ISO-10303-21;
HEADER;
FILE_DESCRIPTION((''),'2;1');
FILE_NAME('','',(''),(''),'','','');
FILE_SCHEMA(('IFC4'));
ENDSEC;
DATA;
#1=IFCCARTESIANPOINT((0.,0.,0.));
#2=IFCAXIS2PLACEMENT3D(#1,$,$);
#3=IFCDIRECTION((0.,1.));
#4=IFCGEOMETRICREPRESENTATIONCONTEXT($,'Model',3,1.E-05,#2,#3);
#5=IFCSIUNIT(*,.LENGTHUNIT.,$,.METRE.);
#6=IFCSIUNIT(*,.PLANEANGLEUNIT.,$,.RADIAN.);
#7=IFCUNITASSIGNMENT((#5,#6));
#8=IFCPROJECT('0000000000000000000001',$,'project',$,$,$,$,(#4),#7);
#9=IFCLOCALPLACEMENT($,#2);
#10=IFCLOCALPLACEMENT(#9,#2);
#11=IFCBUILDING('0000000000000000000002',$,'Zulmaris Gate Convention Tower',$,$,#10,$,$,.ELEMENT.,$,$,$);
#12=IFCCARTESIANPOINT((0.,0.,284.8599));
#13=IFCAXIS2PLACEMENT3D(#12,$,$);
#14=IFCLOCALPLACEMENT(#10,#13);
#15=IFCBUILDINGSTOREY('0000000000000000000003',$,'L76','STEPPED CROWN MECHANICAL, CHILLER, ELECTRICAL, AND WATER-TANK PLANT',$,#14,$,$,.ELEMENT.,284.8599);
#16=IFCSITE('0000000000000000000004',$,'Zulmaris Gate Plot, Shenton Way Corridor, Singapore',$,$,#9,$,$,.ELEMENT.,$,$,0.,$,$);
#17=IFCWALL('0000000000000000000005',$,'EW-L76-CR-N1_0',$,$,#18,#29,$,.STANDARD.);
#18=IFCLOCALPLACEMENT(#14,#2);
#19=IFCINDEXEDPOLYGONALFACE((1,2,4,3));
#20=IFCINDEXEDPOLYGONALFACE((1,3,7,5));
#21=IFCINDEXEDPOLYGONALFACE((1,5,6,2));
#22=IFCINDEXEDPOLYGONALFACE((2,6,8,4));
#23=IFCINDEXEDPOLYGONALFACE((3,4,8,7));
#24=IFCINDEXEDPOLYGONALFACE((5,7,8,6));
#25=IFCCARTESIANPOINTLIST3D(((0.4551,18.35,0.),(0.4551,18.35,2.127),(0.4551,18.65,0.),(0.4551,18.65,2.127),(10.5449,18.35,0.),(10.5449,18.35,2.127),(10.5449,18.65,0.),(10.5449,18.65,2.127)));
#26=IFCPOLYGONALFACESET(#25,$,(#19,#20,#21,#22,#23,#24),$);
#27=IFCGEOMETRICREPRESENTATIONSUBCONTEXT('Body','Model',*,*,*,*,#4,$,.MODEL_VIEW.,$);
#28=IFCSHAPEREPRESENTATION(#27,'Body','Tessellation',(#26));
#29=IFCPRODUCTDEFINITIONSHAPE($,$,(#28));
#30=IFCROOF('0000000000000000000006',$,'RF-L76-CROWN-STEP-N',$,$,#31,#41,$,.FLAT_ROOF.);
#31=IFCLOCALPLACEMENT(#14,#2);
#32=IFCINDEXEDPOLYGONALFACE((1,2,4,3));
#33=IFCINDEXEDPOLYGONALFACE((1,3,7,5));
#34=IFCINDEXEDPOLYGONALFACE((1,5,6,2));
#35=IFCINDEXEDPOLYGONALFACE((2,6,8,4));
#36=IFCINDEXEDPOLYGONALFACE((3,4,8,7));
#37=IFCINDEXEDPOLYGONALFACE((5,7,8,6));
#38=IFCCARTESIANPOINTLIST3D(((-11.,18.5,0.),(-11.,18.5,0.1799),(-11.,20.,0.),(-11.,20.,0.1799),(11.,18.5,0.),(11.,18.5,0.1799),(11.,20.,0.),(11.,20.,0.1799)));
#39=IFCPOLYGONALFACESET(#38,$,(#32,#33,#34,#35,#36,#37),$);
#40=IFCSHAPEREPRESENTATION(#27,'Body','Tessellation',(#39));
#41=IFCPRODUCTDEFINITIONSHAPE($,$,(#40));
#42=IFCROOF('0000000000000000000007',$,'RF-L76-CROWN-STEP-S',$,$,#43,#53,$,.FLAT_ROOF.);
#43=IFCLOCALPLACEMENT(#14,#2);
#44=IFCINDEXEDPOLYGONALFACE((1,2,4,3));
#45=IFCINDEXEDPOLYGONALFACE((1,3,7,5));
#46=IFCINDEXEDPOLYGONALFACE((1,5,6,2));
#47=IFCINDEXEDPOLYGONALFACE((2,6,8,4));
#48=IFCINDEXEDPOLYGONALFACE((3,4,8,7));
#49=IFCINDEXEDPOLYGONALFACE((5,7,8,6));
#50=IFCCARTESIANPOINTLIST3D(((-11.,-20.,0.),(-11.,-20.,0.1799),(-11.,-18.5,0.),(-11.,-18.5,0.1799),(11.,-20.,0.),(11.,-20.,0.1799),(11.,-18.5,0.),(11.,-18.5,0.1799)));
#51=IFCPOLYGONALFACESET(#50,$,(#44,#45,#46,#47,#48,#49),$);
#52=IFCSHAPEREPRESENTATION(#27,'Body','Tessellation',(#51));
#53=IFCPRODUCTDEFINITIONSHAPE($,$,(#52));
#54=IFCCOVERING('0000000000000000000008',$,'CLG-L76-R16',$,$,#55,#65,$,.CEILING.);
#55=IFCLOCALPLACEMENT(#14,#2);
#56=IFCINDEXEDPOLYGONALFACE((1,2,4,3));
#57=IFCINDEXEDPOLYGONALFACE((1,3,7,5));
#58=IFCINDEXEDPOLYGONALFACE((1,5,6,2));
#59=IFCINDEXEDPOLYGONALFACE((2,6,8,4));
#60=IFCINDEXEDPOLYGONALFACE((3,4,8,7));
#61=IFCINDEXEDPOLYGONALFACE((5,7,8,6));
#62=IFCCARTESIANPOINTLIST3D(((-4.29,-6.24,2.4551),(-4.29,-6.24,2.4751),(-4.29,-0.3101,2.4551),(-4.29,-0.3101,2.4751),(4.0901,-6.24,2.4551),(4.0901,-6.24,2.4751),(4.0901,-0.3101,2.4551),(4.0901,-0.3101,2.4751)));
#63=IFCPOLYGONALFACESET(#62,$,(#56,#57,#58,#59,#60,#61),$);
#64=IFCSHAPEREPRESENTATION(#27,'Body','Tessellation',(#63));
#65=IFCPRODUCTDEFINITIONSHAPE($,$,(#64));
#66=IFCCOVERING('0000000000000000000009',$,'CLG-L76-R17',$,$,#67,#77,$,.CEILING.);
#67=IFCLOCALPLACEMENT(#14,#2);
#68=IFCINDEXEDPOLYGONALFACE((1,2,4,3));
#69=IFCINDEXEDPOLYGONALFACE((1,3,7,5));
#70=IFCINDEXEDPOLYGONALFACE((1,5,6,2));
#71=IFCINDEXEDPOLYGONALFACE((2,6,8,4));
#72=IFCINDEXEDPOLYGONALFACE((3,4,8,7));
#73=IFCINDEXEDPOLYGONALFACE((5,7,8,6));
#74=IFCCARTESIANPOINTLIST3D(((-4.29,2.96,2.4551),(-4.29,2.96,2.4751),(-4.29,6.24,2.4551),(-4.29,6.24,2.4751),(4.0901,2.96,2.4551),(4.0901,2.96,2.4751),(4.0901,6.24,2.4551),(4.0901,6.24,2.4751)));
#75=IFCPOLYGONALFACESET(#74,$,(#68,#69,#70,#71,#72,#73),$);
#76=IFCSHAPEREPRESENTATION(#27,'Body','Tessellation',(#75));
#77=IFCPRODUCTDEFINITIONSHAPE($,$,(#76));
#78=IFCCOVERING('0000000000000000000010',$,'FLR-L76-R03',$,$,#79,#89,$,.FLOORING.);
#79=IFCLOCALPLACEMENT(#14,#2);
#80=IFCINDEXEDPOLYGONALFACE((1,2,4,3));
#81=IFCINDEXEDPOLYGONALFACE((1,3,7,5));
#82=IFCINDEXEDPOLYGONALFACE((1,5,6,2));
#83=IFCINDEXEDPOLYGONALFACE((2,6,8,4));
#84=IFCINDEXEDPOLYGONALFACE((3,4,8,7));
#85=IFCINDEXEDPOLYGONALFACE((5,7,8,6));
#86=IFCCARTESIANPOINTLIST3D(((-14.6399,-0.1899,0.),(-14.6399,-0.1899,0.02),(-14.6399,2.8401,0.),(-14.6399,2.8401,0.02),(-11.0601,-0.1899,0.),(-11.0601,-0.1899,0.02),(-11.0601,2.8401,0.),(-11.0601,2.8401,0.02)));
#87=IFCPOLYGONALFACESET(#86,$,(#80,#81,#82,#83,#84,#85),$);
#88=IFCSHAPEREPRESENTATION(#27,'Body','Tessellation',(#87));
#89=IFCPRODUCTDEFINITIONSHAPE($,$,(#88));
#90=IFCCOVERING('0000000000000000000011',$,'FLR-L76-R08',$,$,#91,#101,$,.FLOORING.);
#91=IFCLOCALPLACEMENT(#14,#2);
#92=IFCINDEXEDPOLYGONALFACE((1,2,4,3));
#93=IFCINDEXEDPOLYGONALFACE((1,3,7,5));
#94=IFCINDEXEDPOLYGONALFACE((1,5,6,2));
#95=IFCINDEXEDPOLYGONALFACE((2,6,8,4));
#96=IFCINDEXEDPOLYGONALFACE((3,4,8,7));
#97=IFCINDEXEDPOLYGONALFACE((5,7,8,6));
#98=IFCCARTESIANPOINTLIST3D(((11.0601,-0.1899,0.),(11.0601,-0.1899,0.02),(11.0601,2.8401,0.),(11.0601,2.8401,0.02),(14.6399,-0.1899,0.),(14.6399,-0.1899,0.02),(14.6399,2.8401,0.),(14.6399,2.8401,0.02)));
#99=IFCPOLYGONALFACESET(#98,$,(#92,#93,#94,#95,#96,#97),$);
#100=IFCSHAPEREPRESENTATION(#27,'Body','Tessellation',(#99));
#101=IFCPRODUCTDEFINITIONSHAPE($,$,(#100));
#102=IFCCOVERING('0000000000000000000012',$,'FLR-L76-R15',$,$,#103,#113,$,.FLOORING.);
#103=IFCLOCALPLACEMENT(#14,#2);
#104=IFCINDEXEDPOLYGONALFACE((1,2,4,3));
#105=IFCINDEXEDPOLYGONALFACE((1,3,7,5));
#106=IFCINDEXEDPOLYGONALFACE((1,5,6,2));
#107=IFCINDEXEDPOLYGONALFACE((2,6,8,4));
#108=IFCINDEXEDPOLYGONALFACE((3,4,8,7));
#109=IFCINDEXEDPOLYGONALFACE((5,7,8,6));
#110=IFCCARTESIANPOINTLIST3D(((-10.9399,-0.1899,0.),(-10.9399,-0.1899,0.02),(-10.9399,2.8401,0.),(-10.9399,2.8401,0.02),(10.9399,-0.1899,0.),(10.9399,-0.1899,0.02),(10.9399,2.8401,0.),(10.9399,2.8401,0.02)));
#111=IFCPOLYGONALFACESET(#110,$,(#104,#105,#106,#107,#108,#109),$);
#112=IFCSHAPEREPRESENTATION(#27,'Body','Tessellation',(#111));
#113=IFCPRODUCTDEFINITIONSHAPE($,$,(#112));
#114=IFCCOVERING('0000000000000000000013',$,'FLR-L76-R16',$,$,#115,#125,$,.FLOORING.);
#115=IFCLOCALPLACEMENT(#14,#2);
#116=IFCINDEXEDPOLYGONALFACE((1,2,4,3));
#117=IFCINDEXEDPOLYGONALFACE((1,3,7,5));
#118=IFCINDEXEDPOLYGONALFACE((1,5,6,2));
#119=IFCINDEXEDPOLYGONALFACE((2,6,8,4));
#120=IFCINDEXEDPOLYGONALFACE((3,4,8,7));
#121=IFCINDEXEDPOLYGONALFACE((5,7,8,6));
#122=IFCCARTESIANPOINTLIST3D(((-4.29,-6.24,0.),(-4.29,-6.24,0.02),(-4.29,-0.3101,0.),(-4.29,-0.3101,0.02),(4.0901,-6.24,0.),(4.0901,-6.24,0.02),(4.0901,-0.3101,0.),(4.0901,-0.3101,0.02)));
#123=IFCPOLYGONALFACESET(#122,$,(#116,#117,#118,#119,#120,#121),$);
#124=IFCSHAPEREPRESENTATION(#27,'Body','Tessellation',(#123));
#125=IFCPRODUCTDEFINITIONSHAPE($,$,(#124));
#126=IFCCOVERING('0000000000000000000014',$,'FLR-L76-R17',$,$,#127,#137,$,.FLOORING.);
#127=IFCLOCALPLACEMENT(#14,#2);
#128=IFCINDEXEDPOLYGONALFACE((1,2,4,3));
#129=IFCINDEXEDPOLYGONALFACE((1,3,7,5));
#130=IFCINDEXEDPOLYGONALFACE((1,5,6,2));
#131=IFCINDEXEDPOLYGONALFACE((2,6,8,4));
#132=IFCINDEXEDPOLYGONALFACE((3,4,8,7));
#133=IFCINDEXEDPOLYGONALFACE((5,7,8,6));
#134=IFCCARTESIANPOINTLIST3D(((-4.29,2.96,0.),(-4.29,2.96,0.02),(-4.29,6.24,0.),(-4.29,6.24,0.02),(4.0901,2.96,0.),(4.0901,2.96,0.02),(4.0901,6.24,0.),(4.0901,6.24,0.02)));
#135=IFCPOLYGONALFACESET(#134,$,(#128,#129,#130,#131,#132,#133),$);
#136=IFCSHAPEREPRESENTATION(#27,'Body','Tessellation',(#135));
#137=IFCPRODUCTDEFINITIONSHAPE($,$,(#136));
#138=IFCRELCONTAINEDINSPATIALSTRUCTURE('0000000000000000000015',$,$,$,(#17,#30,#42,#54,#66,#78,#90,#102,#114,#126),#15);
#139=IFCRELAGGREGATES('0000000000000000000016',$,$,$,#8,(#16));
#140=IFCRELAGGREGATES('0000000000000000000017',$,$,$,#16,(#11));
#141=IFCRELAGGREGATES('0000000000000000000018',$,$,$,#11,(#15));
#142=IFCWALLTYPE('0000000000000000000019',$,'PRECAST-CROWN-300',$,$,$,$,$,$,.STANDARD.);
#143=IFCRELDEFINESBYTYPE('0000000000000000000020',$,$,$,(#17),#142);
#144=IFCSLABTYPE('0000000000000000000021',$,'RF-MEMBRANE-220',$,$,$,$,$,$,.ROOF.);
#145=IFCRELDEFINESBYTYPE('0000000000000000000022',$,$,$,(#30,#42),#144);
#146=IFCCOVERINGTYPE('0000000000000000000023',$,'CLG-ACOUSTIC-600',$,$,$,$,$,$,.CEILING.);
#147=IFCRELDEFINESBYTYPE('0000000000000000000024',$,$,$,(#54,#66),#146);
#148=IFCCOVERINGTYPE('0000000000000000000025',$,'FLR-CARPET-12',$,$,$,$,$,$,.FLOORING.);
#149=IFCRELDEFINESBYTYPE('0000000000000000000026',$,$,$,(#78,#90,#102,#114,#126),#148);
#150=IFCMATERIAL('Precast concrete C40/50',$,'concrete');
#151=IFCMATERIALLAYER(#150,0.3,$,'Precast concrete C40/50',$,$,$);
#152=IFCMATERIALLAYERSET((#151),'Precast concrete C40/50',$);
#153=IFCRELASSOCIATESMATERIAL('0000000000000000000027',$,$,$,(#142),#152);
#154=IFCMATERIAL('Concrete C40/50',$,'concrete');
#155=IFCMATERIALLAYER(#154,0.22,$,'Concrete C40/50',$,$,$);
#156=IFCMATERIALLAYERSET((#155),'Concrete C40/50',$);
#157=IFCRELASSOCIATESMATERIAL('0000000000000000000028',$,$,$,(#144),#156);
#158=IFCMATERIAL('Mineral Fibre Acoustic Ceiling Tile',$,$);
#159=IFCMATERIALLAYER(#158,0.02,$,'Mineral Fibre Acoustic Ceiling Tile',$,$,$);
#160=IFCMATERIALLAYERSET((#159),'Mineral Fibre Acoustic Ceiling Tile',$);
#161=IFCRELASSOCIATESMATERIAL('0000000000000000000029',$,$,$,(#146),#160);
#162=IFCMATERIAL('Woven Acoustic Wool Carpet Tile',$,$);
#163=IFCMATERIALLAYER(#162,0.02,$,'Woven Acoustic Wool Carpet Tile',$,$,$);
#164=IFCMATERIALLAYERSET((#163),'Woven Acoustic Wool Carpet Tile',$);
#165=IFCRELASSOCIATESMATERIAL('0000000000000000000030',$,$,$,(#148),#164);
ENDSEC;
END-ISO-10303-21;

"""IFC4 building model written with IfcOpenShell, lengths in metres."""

from ifc_helpers import new_model, si_unit, direction, frame, frame_2d, origin, place, context, subcontext, project, spatial, polyline, rectangle, outline, extrude, material, layer, layer_set, type_object, element, save


model = new_model("IFC4")

# Units and contexts
model_context = context("Model", 3, precision=1e-05, world=origin(), true_north=direction((0.0, 1.0)))
body_context = subcontext(model_context, "Body", "Model", "MODEL_VIEW")
ifc_project = project(units=[si_unit("LENGTHUNIT", "METRE"), si_unit("PLANEANGLEUNIT", "RADIAN")], contexts=[model_context])

# Site, building, storey
site_placement = place(None, origin())
site = spatial("IfcSite", under=ifc_project, at=site_placement, Name="Zulmaris Gate Plot, Shenton Way Corridor, Singapore", CompositionType="ELEMENT", RefElevation=0.0)
building_placement = place(site_placement, origin())
building = spatial("IfcBuilding", under=site, at=building_placement, Name="Zulmaris Gate Convention Tower", CompositionType="ELEMENT")
storey_placement = place(building_placement, frame((0.0, 0.0, 284.8599)))
storey = spatial("IfcBuildingStorey", under=building, at=storey_placement, Name="L76", Description="STEPPED CROWN MECHANICAL, CHILLER, ELECTRICAL, AND WATER-TANK PLANT", CompositionType="ELEMENT", Elevation=284.8599)

# Wall
ifc_material_1 = material(Name="Precast concrete C40/50", Category="concrete")
ifc_layer_1 = layer(ifc_material_1, 0.3, Name="Precast concrete C40/50")
ifc_layer_set_1 = layer_set([ifc_layer_1], Name="Precast concrete C40/50")
wall_type_1 = type_object("IfcWallType", Name="PRECAST-CROWN-300", PredefinedType="STANDARD", material=ifc_layer_set_1)
wall_1_placement = place(storey_placement, frame((10.5449, 18.5, 0.0), z_axis=(0.0, 0.0, 1.0), x_axis=(-1.0, 0.0, 0.0)))
element("IfcWall", 1, at=wall_1_placement, inside=storey, type_object=wall_type_1, Name="EW-L76-CR-N1_0", PredefinedType="STANDARD", context=body_context, shape_type="SweptSolid", body=[
    extrude(rectangle(XDim=10.0898, YDim=0.3, at=frame_2d((5.0449, 0.0))), origin(), (0.0, 0.0, 1.0), 2.127),
])

# Roofs
ifc_material_2 = material(Name="Concrete C40/50", Category="concrete")
ifc_layer_2 = layer(ifc_material_2, 0.22, Name="Concrete C40/50")
ifc_layer_set_2 = layer_set([ifc_layer_2], Name="Concrete C40/50")
slab_type = type_object("IfcSlabType", Name="RF-MEMBRANE-220", PredefinedType="ROOF", material=ifc_layer_set_2)
roof_1_placement = place(storey_placement, origin())
element("IfcRoof", 2, at=roof_1_placement, inside=storey, type_object=slab_type, Name="RF-L76-CROWN-STEP-N", PredefinedType="FLAT_ROOF", context=body_context, shape_type="SweptSolid", body=[
    extrude(outline(polyline([(-11.0, 18.5), (11.0, 18.5), (11.0, 20.0), (-11.0, 20.0), (-11.0, 18.5)])), origin(), (0.0, 0.0, 1.0), 0.1799),
])
roof_2_placement = place(storey_placement, origin())
element("IfcRoof", 3, at=roof_2_placement, inside=storey, type_object=slab_type, Name="RF-L76-CROWN-STEP-S", PredefinedType="FLAT_ROOF", context=body_context, shape_type="SweptSolid", body=[
    extrude(outline(polyline([(-11.0, -20.0), (11.0, -20.0), (11.0, -18.5), (-11.0, -18.5), (-11.0, -20.0)])), origin(), (0.0, 0.0, 1.0), 0.1799),
])

# Coverings
ifc_material_3 = material(Name="Mineral Fibre Acoustic Ceiling Tile")
ifc_layer_3 = layer(ifc_material_3, 0.02, Name="Mineral Fibre Acoustic Ceiling Tile")
ifc_layer_set_3 = layer_set([ifc_layer_3], Name="Mineral Fibre Acoustic Ceiling Tile")
covering_type_1 = type_object("IfcCoveringType", Name="CLG-ACOUSTIC-600", PredefinedType="CEILING", material=ifc_layer_set_3)
covering_1_placement = place(storey_placement, frame((0.0, 0.0, 2.4551)))
element("IfcCovering", 4, at=covering_1_placement, inside=storey, type_object=covering_type_1, Name="CLG-L76-R16", PredefinedType="CEILING", context=body_context, shape_type="SweptSolid", body=[
    extrude(outline(polyline([(-4.29, -6.24), (4.0901, -6.24), (4.0901, -0.3101), (-4.29, -0.3101), (-4.29, -6.24)])), origin(), (0.0, 0.0, 1.0), 0.02),
])
covering_2_placement = place(storey_placement, frame((0.0, 0.0, 2.4551)))
element("IfcCovering", 5, at=covering_2_placement, inside=storey, type_object=covering_type_1, Name="CLG-L76-R17", PredefinedType="CEILING", context=body_context, shape_type="SweptSolid", body=[
    extrude(outline(polyline([(-4.29, 2.96), (4.0901, 2.96), (4.0901, 6.24), (-4.29, 6.24), (-4.29, 2.96)])), origin(), (0.0, 0.0, 1.0), 0.02),
])
ifc_material_4 = material(Name="Woven Acoustic Wool Carpet Tile")
ifc_layer_4 = layer(ifc_material_4, 0.02, Name="Woven Acoustic Wool Carpet Tile")
ifc_layer_set_4 = layer_set([ifc_layer_4], Name="Woven Acoustic Wool Carpet Tile")
covering_type_2 = type_object("IfcCoveringType", Name="FLR-CARPET-12", PredefinedType="FLOORING", material=ifc_layer_set_4)
covering_3_placement = place(storey_placement, origin())
element("IfcCovering", 6, at=covering_3_placement, inside=storey, type_object=covering_type_2, Name="FLR-L76-R03", PredefinedType="FLOORING", context=body_context, shape_type="SweptSolid", body=[
    extrude(outline(polyline([(-14.6399, -0.1899), (-11.0601, -0.1899), (-11.0601, 2.8401), (-14.6399, 2.8401), (-14.6399, -0.1899)])), origin(), (0.0, 0.0, 1.0), 0.02),
])
covering_4_placement = place(storey_placement, origin())
element("IfcCovering", 7, at=covering_4_placement, inside=storey, type_object=covering_type_2, Name="FLR-L76-R08", PredefinedType="FLOORING", context=body_context, shape_type="SweptSolid", body=[
    extrude(outline(polyline([(11.0601, -0.1899), (14.6399, -0.1899), (14.6399, 2.8401), (11.0601, 2.8401), (11.0601, -0.1899)])), origin(), (0.0, 0.0, 1.0), 0.02),
])
covering_5_placement = place(storey_placement, origin())
element("IfcCovering", 8, at=covering_5_placement, inside=storey, type_object=covering_type_2, Name="FLR-L76-R15", PredefinedType="FLOORING", context=body_context, shape_type="SweptSolid", body=[
    extrude(outline(polyline([(-10.9399, -0.1899), (10.9399, -0.1899), (10.9399, 2.8401), (-10.9399, 2.8401), (-10.9399, -0.1899)])), origin(), (0.0, 0.0, 1.0), 0.02),
])
covering_6_placement = place(storey_placement, origin())
element("IfcCovering", 9, at=covering_6_placement, inside=storey, type_object=covering_type_2, Name="FLR-L76-R16", PredefinedType="FLOORING", context=body_context, shape_type="SweptSolid", body=[
    extrude(outline(polyline([(-4.29, -6.24), (4.0901, -6.24), (4.0901, -0.3101), (-4.29, -0.3101), (-4.29, -6.24)])), origin(), (0.0, 0.0, 1.0), 0.02),
])
covering_7_placement = place(storey_placement, origin())
element("IfcCovering", 10, at=covering_7_placement, inside=storey, type_object=covering_type_2, Name="FLR-L76-R17", PredefinedType="FLOORING", context=body_context, shape_type="SweptSolid", body=[
    extrude(outline(polyline([(-4.29, 2.96), (4.0901, 2.96), (4.0901, 6.24), (-4.29, 6.24), (-4.29, 2.96)])), origin(), (0.0, 0.0, 1.0), 0.02),
])

save(model, "model.ifc")
